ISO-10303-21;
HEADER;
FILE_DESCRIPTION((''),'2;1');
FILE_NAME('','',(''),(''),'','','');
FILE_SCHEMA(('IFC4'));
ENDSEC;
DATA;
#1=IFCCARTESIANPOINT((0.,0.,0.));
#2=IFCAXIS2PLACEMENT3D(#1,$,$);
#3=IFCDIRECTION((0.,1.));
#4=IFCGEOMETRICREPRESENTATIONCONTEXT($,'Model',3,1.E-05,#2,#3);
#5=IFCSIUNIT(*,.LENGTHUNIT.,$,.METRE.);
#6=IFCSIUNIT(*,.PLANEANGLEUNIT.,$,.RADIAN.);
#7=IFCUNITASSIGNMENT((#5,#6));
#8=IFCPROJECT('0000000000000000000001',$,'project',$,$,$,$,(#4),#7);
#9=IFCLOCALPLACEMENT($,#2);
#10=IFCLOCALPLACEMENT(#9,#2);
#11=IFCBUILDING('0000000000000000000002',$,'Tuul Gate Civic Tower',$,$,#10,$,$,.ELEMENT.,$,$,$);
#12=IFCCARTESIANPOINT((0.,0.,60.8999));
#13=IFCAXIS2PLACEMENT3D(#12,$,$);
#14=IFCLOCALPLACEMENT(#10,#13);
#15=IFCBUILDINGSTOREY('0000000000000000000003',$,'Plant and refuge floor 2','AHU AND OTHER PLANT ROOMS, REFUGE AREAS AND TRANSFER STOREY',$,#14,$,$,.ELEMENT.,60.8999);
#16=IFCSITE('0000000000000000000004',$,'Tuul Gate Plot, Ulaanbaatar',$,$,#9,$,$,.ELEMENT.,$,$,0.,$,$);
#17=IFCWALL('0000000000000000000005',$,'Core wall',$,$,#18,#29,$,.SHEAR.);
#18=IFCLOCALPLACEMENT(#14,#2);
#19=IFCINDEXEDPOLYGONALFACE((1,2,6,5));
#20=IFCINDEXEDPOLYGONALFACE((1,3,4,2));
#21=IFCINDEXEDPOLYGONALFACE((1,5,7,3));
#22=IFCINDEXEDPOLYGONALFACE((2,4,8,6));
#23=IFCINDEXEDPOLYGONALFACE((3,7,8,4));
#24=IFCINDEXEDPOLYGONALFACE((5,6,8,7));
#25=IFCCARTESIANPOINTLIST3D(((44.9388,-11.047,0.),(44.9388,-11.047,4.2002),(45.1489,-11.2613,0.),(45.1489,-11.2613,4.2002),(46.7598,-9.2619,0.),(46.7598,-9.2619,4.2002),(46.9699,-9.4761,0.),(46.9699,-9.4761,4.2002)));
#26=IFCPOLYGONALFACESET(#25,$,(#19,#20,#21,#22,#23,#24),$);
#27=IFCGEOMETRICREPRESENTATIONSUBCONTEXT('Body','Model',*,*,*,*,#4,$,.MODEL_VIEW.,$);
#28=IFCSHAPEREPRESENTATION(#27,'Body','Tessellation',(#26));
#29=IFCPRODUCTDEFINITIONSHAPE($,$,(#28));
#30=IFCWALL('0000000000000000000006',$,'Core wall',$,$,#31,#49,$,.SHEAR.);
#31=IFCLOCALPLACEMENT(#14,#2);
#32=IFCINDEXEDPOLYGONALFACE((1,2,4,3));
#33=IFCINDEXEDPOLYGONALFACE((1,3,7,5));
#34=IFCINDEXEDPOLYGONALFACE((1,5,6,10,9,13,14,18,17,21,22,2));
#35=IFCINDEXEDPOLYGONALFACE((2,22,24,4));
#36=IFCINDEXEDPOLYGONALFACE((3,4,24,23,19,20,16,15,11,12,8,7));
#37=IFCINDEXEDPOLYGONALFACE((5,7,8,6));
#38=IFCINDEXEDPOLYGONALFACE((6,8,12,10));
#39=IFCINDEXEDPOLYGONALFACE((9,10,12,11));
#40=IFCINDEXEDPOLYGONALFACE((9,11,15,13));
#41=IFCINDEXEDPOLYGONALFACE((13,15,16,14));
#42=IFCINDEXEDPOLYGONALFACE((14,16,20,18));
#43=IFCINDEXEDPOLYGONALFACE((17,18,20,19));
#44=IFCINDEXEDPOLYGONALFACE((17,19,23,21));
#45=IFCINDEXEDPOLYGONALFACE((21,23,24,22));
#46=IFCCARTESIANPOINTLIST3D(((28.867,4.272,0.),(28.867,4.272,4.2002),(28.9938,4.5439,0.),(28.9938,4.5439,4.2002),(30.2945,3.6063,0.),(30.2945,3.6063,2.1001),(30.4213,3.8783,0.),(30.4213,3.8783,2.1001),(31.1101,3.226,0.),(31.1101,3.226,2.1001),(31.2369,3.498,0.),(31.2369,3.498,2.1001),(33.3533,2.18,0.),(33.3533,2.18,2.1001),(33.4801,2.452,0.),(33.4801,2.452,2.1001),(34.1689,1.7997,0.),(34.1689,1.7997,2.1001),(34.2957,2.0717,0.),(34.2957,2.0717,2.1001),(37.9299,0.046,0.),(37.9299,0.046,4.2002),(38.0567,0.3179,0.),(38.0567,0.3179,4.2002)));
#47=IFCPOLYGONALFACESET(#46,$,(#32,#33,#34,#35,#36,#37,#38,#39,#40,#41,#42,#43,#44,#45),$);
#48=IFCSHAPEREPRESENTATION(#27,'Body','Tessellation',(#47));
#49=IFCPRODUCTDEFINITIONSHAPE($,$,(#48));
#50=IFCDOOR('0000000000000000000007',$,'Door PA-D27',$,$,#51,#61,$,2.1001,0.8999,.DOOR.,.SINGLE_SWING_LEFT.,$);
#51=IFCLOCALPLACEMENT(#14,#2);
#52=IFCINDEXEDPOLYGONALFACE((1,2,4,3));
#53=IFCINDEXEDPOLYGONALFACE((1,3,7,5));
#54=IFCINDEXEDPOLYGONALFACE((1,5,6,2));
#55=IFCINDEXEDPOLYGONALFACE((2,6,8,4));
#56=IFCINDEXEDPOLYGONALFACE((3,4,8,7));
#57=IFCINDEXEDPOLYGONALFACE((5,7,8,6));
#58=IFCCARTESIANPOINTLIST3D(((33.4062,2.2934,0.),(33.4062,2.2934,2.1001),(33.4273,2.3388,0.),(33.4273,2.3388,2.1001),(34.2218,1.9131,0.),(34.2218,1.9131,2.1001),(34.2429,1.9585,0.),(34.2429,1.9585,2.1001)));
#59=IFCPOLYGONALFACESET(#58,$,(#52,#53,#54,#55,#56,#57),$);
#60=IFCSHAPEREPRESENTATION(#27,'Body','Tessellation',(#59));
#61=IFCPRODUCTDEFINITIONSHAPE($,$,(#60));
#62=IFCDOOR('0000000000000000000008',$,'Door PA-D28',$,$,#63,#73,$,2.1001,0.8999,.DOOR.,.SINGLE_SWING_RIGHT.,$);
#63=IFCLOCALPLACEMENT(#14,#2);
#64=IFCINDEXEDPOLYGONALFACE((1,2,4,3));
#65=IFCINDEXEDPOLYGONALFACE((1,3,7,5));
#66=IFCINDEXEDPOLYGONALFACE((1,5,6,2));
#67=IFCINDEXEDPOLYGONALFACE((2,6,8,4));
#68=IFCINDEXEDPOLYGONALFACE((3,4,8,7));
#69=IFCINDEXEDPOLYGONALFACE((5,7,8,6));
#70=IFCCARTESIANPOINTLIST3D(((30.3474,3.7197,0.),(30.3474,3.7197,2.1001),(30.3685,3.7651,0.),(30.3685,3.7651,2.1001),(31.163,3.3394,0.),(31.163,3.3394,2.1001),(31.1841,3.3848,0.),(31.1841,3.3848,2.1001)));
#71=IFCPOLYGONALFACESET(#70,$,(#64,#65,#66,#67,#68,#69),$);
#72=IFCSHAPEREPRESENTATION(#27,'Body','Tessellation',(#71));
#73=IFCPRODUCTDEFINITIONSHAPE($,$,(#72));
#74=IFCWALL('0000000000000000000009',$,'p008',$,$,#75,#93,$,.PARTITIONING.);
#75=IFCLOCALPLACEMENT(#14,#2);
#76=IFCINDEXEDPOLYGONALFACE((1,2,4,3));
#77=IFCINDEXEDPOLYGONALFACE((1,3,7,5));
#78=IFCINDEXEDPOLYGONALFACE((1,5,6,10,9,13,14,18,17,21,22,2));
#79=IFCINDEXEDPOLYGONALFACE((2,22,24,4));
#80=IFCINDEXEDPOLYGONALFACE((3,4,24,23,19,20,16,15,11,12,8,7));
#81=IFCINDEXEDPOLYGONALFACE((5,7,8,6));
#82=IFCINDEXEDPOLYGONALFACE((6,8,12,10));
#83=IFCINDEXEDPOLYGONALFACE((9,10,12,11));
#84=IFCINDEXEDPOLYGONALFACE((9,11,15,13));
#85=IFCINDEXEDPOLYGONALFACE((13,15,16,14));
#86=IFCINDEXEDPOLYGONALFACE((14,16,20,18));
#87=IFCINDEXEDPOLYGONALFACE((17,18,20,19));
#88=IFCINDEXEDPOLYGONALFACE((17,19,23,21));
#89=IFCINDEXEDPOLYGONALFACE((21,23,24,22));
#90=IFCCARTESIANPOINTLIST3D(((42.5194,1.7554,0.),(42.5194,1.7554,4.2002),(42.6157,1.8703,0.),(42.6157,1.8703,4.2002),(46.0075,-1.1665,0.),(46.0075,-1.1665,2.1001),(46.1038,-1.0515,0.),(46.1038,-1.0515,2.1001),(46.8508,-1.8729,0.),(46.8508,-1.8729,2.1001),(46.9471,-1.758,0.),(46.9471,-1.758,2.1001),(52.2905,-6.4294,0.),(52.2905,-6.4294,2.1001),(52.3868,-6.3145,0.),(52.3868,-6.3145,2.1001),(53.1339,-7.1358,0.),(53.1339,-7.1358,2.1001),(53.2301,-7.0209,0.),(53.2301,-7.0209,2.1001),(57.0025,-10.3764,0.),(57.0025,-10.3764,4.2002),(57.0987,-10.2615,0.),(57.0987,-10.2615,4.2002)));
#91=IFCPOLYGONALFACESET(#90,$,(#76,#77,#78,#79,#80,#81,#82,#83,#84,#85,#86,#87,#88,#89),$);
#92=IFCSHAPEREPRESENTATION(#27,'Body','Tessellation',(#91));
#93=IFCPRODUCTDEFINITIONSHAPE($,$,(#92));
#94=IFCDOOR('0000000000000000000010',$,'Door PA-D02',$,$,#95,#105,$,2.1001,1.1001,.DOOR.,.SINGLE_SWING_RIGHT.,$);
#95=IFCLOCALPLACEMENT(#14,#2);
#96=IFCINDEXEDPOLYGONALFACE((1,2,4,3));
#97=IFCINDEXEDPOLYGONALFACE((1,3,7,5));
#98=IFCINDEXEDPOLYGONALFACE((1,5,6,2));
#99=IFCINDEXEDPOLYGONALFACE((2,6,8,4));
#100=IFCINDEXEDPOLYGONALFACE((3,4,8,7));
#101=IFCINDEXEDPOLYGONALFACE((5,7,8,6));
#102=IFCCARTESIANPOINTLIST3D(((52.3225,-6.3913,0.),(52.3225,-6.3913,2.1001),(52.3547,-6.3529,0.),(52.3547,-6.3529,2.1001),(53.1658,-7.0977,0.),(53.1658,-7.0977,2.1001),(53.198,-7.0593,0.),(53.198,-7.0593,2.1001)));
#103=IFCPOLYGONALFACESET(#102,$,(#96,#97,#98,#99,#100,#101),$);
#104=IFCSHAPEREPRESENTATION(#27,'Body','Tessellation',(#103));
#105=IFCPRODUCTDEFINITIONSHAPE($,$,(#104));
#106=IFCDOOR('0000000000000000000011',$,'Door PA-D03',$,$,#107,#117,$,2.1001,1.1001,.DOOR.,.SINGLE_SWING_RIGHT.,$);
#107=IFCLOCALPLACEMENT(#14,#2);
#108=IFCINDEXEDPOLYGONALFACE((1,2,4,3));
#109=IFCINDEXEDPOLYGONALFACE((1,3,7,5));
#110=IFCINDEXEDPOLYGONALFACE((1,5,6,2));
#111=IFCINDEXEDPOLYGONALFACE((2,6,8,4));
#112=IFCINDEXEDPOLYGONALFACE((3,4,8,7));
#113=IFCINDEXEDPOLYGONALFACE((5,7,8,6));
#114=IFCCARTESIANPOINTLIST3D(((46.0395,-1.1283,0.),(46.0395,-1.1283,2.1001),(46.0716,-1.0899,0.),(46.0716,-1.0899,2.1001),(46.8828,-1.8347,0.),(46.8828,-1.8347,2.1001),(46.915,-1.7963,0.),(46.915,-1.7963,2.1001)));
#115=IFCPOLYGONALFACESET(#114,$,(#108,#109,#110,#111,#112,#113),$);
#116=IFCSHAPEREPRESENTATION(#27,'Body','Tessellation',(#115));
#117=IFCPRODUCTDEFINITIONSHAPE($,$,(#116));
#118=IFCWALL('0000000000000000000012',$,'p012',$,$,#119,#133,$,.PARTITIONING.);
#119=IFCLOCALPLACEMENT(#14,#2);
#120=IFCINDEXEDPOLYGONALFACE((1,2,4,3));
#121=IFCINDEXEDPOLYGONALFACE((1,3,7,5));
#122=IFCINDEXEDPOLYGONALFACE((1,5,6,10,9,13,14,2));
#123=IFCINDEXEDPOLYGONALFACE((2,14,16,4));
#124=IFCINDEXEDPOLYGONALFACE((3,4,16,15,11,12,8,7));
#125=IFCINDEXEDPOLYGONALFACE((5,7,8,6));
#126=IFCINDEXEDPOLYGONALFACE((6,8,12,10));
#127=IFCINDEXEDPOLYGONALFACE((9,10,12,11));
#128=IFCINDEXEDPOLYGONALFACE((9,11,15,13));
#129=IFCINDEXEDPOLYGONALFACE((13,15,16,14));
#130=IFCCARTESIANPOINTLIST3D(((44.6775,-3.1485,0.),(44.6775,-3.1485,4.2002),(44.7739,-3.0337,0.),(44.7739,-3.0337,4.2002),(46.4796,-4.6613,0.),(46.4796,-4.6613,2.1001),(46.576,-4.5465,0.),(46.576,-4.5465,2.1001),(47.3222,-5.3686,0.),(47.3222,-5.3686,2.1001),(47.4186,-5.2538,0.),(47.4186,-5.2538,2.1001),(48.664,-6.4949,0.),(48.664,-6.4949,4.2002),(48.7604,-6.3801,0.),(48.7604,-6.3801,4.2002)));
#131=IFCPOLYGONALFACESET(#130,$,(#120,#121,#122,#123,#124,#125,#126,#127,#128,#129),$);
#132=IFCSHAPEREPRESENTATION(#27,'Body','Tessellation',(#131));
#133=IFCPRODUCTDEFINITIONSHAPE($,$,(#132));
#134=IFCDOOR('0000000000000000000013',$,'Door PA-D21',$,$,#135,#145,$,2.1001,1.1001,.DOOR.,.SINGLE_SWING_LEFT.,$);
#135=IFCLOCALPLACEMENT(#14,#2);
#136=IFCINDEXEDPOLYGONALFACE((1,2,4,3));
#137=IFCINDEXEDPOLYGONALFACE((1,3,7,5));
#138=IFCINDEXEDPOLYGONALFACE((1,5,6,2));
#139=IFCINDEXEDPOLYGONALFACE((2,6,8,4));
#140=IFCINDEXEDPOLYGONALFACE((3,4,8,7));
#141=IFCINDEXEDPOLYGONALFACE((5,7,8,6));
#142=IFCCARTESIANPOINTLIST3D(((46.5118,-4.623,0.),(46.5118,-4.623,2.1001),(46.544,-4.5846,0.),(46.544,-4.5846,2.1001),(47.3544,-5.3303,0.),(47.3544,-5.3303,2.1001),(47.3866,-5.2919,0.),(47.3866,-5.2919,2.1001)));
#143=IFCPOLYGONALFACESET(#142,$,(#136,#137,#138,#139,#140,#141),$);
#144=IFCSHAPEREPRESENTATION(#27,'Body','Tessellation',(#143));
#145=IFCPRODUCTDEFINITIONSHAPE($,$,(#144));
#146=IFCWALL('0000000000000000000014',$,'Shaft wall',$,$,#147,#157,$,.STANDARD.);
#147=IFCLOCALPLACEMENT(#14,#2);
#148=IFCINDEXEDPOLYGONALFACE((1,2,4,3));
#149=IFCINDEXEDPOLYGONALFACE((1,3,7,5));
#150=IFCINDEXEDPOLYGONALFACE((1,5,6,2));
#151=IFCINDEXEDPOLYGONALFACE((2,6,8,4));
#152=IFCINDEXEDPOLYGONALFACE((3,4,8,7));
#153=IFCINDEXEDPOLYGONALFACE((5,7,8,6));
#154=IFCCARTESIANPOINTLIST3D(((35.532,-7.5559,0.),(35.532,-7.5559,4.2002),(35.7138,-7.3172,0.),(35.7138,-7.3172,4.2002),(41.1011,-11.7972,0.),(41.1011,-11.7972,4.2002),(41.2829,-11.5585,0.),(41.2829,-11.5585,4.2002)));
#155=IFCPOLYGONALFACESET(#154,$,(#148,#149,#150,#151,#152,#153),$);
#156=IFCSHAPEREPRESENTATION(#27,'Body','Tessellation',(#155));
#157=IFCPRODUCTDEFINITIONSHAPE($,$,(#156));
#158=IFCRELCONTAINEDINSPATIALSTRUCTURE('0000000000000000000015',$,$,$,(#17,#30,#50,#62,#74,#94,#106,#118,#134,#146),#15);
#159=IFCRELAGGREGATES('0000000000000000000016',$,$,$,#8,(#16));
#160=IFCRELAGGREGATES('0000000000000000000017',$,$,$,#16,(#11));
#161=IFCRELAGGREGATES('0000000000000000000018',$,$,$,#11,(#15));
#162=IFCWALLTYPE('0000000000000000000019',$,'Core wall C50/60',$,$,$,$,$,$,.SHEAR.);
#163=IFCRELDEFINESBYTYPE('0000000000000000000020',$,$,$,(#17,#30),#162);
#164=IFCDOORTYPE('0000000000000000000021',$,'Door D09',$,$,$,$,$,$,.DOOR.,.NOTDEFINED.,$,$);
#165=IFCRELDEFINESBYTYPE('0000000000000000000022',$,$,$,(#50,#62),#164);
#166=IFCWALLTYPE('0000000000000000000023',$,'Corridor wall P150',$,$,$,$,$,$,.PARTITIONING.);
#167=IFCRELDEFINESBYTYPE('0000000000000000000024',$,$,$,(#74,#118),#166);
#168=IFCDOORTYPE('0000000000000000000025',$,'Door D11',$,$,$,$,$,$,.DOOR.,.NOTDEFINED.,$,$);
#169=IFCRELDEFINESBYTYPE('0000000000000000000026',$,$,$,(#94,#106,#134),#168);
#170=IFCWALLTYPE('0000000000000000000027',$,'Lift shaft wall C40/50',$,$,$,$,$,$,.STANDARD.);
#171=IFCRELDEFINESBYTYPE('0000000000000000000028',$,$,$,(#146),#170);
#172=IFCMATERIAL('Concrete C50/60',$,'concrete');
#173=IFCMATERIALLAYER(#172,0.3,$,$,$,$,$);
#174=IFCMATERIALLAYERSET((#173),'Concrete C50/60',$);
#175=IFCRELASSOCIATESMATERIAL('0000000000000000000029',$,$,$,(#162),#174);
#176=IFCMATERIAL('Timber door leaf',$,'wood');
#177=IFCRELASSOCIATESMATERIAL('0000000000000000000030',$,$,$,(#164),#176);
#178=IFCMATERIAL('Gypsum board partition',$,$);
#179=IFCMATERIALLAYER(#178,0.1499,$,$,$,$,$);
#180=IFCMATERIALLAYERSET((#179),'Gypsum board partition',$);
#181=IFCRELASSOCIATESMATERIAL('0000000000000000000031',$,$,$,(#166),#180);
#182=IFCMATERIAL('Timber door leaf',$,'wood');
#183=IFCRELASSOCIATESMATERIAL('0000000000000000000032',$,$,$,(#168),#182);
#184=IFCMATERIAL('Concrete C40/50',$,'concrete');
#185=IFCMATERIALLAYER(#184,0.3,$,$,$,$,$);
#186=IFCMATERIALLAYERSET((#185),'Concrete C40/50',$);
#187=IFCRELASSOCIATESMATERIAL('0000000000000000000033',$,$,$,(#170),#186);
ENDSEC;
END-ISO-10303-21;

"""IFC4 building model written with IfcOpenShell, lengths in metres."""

from ifc_helpers import new_model, si_unit, direction, frame, frame_2d, origin, place, context, subcontext, project, spatial, rectangle, extrude, material, layer, layer_set, type_object, element, fill, save


model = new_model("IFC4")

# Units and contexts
model_context = context("Model", 3, precision=1e-05, world=origin(), true_north=direction((0.0, 1.0)))
body_context = subcontext(model_context, "Body", "Model", "MODEL_VIEW")
ifc_project = project(units=[si_unit("LENGTHUNIT", "METRE"), si_unit("PLANEANGLEUNIT", "RADIAN")], contexts=[model_context])

# Site, building, storey
site_placement = place(None, origin())
site = spatial("IfcSite", under=ifc_project, at=site_placement, Name="Tuul Gate Plot, Ulaanbaatar", CompositionType="ELEMENT", RefElevation=0.0)
building_placement = place(site_placement, origin())
building = spatial("IfcBuilding", under=site, at=building_placement, Name="Tuul Gate Civic Tower", CompositionType="ELEMENT")
storey_placement = place(building_placement, frame((0.0, 0.0, 60.8999)))
storey = spatial("IfcBuildingStorey", under=building, at=storey_placement, Name="Plant and refuge floor 2", Description="AHU AND OTHER PLANT ROOMS, REFUGE AREAS AND TRANSFER STOREY", CompositionType="ELEMENT", Elevation=60.8999)

# Wall
ifc_material_1 = material(Name="Concrete C50/60", Category="concrete")
ifc_layer_1 = layer(ifc_material_1, 0.3)
ifc_layer_set_1 = layer_set([ifc_layer_1], Name="Concrete C50/60")
wall_type_1 = type_object("IfcWallType", Name="Core wall C50/60", PredefinedType="SHEAR", material=ifc_layer_set_1)
wall_1_placement = place(storey_placement, frame((45.0439, -11.1541, 0.0), z_axis=(0.0, 0.0, 1.0), x_axis=(0.714108, 0.700035, 0.0)))
element("IfcWall", 1, at=wall_1_placement, inside=storey, type_object=wall_type_1, Name="Core wall", PredefinedType="SHEAR", context=body_context, shape_type="SweptSolid", body=[
    extrude(rectangle(XDim=2.55, YDim=0.3, at=frame_2d((1.2749, 0.0))), origin(), (0.0, 0.0, 1.0), 4.2002),
])

# Walls, openings, doors
wall_2_placement = place(storey_placement, frame((37.9934, 0.1819, 0.0), z_axis=(0.0, 0.0, 1.0), x_axis=(-0.90631, 0.422613, 0.0)))
wall_2 = element("IfcWall", 2, at=wall_2_placement, inside=storey, type_object=wall_type_1, Name="Core wall", PredefinedType="SHEAR", context=body_context, shape_type="SweptSolid", body=[
    extrude(rectangle(XDim=9.9998, YDim=0.3, at=frame_2d((5.0, 0.0))), origin(), (0.0, 0.0, 1.0), 4.2002),
])
opening_1_placement = place(wall_2_placement, frame((4.1499, 0.0, 0.0)))
opening_1 = element("IfcOpeningElement", 3, at=opening_1_placement, cuts=wall_2, PredefinedType="OPENING", context=body_context, shape_type="SweptSolid", body=[
    extrude(rectangle(XDim=0.8999, YDim=2.1001, at=frame_2d((0.45, 1.05))), frame((0.0, 0.1602, 0.0), z_axis=(0.0, -1.0, 0.0), x_axis=(1.0, 0.0, 0.0)), (0.0, 0.0, 1.0), 0.3201),
])
opening_2_placement = place(wall_2_placement, frame((7.5249, 0.0, 0.0)))
opening_2 = element("IfcOpeningElement", 4, at=opening_2_placement, cuts=wall_2, PredefinedType="OPENING", context=body_context, shape_type="SweptSolid", body=[
    extrude(rectangle(XDim=0.8999, YDim=2.1001, at=frame_2d((0.45, 1.05))), frame((0.0, 0.1602, 0.0), z_axis=(0.0, -1.0, 0.0), x_axis=(1.0, 0.0, 0.0)), (0.0, 0.0, 1.0), 0.3201),
])
ifc_material_2 = material(Name="Timber door leaf", Category="wood")
door_type_1 = type_object("IfcDoorType", Name="Door D09", OperationType="NOTDEFINED", PredefinedType="DOOR", material=ifc_material_2)
door_1_placement = place(opening_1_placement, origin())
door_1 = element("IfcDoor", 5, at=door_1_placement, inside=storey, type_object=door_type_1, Name="Door PA-D27", OperationType="SINGLE_SWING_LEFT", OverallHeight=2.1001, OverallWidth=0.8999, PredefinedType="DOOR", context=body_context, shape_type="SweptSolid", body=[
    extrude(rectangle(XDim=0.8999, YDim=2.1001, at=frame_2d((0.45, 1.05))), frame((0.0, 0.0249, 0.0), z_axis=(0.0, -1.0, 0.0), x_axis=(1.0, 0.0, 0.0)), (0.0, 0.0, 1.0), 0.05),
])
fill(opening_1, door_1)
door_2_placement = place(opening_2_placement, origin())
door_2 = element("IfcDoor", 6, at=door_2_placement, inside=storey, type_object=door_type_1, Name="Door PA-D28", OperationType="SINGLE_SWING_RIGHT", OverallHeight=2.1001, OverallWidth=0.8999, PredefinedType="DOOR", context=body_context, shape_type="SweptSolid", body=[
    extrude(rectangle(XDim=0.8999, YDim=2.1001, at=frame_2d((0.45, 1.05))), frame((0.0, 0.0249, 0.0), z_axis=(0.0, -1.0, 0.0), x_axis=(1.0, 0.0, 0.0)), (0.0, 0.0, 1.0), 0.05),
])
fill(opening_2, door_2)
ifc_material_3 = material(Name="Gypsum board partition")
ifc_layer_2 = layer(ifc_material_3, 0.1499)
ifc_layer_set_2 = layer_set([ifc_layer_2], Name="Gypsum board partition")
wall_type_2 = type_object("IfcWallType", Name="Corridor wall P150", PredefinedType="PARTITIONING", material=ifc_layer_set_2)
wall_3_placement = place(storey_placement, frame((42.5676, 1.8127, 0.0), z_axis=(0.0, 0.0, 1.0), x_axis=(0.766591, -0.642136, 0.0)))
wall_3 = element("IfcWall", 7, at=wall_3_placement, inside=storey, type_object=wall_type_2, Name="p008", PredefinedType="PARTITIONING", context=body_context, shape_type="SweptSolid", body=[
    extrude(rectangle(XDim=18.8928, YDim=0.1499, at=frame_2d((9.4463, 0.0))), origin(), (0.0, 0.0, 1.0), 4.2002),
])
opening_3_placement = place(wall_3_placement, frame((12.7461, 0.0, 0.0)))
opening_3 = element("IfcOpeningElement", 8, at=opening_3_placement, cuts=wall_3, PredefinedType="OPENING", context=body_context, shape_type="SweptSolid", body=[
    extrude(rectangle(XDim=1.1001, YDim=2.1001, at=frame_2d((0.55, 1.05))), frame((0.0, 0.085, 0.0), z_axis=(0.0, -1.0, 0.0), x_axis=(1.0, 0.0, 0.0)), (0.0, 0.0, 1.0), 0.1699),
])
opening_4_placement = place(wall_3_placement, frame((4.55, 0.0, 0.0)))
opening_4 = element("IfcOpeningElement", 9, at=opening_4_placement, cuts=wall_3, PredefinedType="OPENING", context=body_context, shape_type="SweptSolid", body=[
    extrude(rectangle(XDim=1.1001, YDim=2.1001, at=frame_2d((0.55, 1.05))), frame((0.0, 0.085, 0.0), z_axis=(0.0, -1.0, 0.0), x_axis=(1.0, 0.0, 0.0)), (0.0, 0.0, 1.0), 0.1699),
])
ifc_material_4 = material(Name="Timber door leaf", Category="wood")
door_type_2 = type_object("IfcDoorType", Name="Door D11", OperationType="NOTDEFINED", PredefinedType="DOOR", material=ifc_material_4)
door_3_placement = place(opening_3_placement, origin())
door_3 = element("IfcDoor", 10, at=door_3_placement, inside=storey, type_object=door_type_2, Name="Door PA-D02", OperationType="SINGLE_SWING_RIGHT", OverallHeight=2.1001, OverallWidth=1.1001, PredefinedType="DOOR", context=body_context, shape_type="SweptSolid", body=[
    extrude(rectangle(XDim=1.1001, YDim=2.1001, at=frame_2d((0.55, 1.05))), frame((0.0, 0.0249, 0.0), z_axis=(0.0, -1.0, 0.0), x_axis=(1.0, 0.0, 0.0)), (0.0, 0.0, 1.0), 0.05),
])
fill(opening_3, door_3)
door_4_placement = place(opening_4_placement, origin())
door_4 = element("IfcDoor", 11, at=door_4_placement, inside=storey, type_object=door_type_2, Name="Door PA-D03", OperationType="SINGLE_SWING_RIGHT", OverallHeight=2.1001, OverallWidth=1.1001, PredefinedType="DOOR", context=body_context, shape_type="SweptSolid", body=[
    extrude(rectangle(XDim=1.1001, YDim=2.1001, at=frame_2d((0.55, 1.05))), frame((0.0, 0.0249, 0.0), z_axis=(0.0, -1.0, 0.0), x_axis=(1.0, 0.0, 0.0)), (0.0, 0.0, 1.0), 0.05),
])
fill(opening_4, door_4)

# Wall, opening, door
wall_4_placement = place(storey_placement, frame((44.7256, -3.0911, 0.0), z_axis=(0.0, 0.0, 1.0), x_axis=(0.765921, -0.642935, 0.0)))
wall_4 = element("IfcWall", 12, at=wall_4_placement, inside=storey, type_object=wall_type_2, Name="p012", PredefinedType="PARTITIONING", context=body_context, shape_type="SweptSolid", body=[
    extrude(rectangle(XDim=5.2048, YDim=0.1499, at=frame_2d((2.6025, 0.0))), origin(), (0.0, 0.0, 1.0), 4.2002),
])
opening_5_placement = place(wall_4_placement, frame((2.353, 0.0, 0.0)))
opening_5 = element("IfcOpeningElement", 13, at=opening_5_placement, cuts=wall_4, PredefinedType="OPENING", context=body_context, shape_type="SweptSolid", body=[
    extrude(rectangle(XDim=1.1001, YDim=2.1001, at=frame_2d((0.55, 1.05))), frame((0.0, 0.085, 0.0), z_axis=(0.0, -1.0, 0.0), x_axis=(1.0, 0.0, 0.0)), (0.0, 0.0, 1.0), 0.1699),
])
door_5_placement = place(opening_5_placement, frame((1.1001, 0.0, 0.0), z_axis=(0.0, 0.0, 1.0), x_axis=(-1.0, 0.0, 0.0)))
door_5 = element("IfcDoor", 14, at=door_5_placement, inside=storey, type_object=door_type_2, Name="Door PA-D21", OperationType="SINGLE_SWING_LEFT", OverallHeight=2.1001, OverallWidth=1.1001, PredefinedType="DOOR", context=body_context, shape_type="SweptSolid", body=[
    extrude(rectangle(XDim=1.1001, YDim=2.1001, at=frame_2d((0.55, 1.05))), frame((0.0, 0.0249, 0.0), z_axis=(0.0, -1.0, 0.0), x_axis=(1.0, 0.0, 0.0)), (0.0, 0.0, 1.0), 0.05),
])
fill(opening_5, door_5)

# Wall
ifc_material_5 = material(Name="Concrete C40/50", Category="concrete")
ifc_layer_3 = layer(ifc_material_5, 0.3)
ifc_layer_set_3 = layer_set([ifc_layer_3], Name="Concrete C40/50")
wall_type_3 = type_object("IfcWallType", Name="Lift shaft wall C40/50", PredefinedType="STANDARD", material=ifc_layer_set_3)
wall_5_placement = place(storey_placement, frame((41.1919, -11.6777, 0.0), z_axis=(0.0, 0.0, 1.0), x_axis=(-0.795563, 0.605871, 0.0)))
element("IfcWall", 15, at=wall_5_placement, inside=storey, type_object=wall_type_3, Name="Shaft wall", PredefinedType="STANDARD", context=body_context, shape_type="SweptSolid", body=[
    extrude(rectangle(XDim=7.0002, YDim=0.3, at=frame_2d((3.5, 0.0))), origin(), (0.0, 0.0, 1.0), 4.2002),
])

save(model, "model.ifc")
